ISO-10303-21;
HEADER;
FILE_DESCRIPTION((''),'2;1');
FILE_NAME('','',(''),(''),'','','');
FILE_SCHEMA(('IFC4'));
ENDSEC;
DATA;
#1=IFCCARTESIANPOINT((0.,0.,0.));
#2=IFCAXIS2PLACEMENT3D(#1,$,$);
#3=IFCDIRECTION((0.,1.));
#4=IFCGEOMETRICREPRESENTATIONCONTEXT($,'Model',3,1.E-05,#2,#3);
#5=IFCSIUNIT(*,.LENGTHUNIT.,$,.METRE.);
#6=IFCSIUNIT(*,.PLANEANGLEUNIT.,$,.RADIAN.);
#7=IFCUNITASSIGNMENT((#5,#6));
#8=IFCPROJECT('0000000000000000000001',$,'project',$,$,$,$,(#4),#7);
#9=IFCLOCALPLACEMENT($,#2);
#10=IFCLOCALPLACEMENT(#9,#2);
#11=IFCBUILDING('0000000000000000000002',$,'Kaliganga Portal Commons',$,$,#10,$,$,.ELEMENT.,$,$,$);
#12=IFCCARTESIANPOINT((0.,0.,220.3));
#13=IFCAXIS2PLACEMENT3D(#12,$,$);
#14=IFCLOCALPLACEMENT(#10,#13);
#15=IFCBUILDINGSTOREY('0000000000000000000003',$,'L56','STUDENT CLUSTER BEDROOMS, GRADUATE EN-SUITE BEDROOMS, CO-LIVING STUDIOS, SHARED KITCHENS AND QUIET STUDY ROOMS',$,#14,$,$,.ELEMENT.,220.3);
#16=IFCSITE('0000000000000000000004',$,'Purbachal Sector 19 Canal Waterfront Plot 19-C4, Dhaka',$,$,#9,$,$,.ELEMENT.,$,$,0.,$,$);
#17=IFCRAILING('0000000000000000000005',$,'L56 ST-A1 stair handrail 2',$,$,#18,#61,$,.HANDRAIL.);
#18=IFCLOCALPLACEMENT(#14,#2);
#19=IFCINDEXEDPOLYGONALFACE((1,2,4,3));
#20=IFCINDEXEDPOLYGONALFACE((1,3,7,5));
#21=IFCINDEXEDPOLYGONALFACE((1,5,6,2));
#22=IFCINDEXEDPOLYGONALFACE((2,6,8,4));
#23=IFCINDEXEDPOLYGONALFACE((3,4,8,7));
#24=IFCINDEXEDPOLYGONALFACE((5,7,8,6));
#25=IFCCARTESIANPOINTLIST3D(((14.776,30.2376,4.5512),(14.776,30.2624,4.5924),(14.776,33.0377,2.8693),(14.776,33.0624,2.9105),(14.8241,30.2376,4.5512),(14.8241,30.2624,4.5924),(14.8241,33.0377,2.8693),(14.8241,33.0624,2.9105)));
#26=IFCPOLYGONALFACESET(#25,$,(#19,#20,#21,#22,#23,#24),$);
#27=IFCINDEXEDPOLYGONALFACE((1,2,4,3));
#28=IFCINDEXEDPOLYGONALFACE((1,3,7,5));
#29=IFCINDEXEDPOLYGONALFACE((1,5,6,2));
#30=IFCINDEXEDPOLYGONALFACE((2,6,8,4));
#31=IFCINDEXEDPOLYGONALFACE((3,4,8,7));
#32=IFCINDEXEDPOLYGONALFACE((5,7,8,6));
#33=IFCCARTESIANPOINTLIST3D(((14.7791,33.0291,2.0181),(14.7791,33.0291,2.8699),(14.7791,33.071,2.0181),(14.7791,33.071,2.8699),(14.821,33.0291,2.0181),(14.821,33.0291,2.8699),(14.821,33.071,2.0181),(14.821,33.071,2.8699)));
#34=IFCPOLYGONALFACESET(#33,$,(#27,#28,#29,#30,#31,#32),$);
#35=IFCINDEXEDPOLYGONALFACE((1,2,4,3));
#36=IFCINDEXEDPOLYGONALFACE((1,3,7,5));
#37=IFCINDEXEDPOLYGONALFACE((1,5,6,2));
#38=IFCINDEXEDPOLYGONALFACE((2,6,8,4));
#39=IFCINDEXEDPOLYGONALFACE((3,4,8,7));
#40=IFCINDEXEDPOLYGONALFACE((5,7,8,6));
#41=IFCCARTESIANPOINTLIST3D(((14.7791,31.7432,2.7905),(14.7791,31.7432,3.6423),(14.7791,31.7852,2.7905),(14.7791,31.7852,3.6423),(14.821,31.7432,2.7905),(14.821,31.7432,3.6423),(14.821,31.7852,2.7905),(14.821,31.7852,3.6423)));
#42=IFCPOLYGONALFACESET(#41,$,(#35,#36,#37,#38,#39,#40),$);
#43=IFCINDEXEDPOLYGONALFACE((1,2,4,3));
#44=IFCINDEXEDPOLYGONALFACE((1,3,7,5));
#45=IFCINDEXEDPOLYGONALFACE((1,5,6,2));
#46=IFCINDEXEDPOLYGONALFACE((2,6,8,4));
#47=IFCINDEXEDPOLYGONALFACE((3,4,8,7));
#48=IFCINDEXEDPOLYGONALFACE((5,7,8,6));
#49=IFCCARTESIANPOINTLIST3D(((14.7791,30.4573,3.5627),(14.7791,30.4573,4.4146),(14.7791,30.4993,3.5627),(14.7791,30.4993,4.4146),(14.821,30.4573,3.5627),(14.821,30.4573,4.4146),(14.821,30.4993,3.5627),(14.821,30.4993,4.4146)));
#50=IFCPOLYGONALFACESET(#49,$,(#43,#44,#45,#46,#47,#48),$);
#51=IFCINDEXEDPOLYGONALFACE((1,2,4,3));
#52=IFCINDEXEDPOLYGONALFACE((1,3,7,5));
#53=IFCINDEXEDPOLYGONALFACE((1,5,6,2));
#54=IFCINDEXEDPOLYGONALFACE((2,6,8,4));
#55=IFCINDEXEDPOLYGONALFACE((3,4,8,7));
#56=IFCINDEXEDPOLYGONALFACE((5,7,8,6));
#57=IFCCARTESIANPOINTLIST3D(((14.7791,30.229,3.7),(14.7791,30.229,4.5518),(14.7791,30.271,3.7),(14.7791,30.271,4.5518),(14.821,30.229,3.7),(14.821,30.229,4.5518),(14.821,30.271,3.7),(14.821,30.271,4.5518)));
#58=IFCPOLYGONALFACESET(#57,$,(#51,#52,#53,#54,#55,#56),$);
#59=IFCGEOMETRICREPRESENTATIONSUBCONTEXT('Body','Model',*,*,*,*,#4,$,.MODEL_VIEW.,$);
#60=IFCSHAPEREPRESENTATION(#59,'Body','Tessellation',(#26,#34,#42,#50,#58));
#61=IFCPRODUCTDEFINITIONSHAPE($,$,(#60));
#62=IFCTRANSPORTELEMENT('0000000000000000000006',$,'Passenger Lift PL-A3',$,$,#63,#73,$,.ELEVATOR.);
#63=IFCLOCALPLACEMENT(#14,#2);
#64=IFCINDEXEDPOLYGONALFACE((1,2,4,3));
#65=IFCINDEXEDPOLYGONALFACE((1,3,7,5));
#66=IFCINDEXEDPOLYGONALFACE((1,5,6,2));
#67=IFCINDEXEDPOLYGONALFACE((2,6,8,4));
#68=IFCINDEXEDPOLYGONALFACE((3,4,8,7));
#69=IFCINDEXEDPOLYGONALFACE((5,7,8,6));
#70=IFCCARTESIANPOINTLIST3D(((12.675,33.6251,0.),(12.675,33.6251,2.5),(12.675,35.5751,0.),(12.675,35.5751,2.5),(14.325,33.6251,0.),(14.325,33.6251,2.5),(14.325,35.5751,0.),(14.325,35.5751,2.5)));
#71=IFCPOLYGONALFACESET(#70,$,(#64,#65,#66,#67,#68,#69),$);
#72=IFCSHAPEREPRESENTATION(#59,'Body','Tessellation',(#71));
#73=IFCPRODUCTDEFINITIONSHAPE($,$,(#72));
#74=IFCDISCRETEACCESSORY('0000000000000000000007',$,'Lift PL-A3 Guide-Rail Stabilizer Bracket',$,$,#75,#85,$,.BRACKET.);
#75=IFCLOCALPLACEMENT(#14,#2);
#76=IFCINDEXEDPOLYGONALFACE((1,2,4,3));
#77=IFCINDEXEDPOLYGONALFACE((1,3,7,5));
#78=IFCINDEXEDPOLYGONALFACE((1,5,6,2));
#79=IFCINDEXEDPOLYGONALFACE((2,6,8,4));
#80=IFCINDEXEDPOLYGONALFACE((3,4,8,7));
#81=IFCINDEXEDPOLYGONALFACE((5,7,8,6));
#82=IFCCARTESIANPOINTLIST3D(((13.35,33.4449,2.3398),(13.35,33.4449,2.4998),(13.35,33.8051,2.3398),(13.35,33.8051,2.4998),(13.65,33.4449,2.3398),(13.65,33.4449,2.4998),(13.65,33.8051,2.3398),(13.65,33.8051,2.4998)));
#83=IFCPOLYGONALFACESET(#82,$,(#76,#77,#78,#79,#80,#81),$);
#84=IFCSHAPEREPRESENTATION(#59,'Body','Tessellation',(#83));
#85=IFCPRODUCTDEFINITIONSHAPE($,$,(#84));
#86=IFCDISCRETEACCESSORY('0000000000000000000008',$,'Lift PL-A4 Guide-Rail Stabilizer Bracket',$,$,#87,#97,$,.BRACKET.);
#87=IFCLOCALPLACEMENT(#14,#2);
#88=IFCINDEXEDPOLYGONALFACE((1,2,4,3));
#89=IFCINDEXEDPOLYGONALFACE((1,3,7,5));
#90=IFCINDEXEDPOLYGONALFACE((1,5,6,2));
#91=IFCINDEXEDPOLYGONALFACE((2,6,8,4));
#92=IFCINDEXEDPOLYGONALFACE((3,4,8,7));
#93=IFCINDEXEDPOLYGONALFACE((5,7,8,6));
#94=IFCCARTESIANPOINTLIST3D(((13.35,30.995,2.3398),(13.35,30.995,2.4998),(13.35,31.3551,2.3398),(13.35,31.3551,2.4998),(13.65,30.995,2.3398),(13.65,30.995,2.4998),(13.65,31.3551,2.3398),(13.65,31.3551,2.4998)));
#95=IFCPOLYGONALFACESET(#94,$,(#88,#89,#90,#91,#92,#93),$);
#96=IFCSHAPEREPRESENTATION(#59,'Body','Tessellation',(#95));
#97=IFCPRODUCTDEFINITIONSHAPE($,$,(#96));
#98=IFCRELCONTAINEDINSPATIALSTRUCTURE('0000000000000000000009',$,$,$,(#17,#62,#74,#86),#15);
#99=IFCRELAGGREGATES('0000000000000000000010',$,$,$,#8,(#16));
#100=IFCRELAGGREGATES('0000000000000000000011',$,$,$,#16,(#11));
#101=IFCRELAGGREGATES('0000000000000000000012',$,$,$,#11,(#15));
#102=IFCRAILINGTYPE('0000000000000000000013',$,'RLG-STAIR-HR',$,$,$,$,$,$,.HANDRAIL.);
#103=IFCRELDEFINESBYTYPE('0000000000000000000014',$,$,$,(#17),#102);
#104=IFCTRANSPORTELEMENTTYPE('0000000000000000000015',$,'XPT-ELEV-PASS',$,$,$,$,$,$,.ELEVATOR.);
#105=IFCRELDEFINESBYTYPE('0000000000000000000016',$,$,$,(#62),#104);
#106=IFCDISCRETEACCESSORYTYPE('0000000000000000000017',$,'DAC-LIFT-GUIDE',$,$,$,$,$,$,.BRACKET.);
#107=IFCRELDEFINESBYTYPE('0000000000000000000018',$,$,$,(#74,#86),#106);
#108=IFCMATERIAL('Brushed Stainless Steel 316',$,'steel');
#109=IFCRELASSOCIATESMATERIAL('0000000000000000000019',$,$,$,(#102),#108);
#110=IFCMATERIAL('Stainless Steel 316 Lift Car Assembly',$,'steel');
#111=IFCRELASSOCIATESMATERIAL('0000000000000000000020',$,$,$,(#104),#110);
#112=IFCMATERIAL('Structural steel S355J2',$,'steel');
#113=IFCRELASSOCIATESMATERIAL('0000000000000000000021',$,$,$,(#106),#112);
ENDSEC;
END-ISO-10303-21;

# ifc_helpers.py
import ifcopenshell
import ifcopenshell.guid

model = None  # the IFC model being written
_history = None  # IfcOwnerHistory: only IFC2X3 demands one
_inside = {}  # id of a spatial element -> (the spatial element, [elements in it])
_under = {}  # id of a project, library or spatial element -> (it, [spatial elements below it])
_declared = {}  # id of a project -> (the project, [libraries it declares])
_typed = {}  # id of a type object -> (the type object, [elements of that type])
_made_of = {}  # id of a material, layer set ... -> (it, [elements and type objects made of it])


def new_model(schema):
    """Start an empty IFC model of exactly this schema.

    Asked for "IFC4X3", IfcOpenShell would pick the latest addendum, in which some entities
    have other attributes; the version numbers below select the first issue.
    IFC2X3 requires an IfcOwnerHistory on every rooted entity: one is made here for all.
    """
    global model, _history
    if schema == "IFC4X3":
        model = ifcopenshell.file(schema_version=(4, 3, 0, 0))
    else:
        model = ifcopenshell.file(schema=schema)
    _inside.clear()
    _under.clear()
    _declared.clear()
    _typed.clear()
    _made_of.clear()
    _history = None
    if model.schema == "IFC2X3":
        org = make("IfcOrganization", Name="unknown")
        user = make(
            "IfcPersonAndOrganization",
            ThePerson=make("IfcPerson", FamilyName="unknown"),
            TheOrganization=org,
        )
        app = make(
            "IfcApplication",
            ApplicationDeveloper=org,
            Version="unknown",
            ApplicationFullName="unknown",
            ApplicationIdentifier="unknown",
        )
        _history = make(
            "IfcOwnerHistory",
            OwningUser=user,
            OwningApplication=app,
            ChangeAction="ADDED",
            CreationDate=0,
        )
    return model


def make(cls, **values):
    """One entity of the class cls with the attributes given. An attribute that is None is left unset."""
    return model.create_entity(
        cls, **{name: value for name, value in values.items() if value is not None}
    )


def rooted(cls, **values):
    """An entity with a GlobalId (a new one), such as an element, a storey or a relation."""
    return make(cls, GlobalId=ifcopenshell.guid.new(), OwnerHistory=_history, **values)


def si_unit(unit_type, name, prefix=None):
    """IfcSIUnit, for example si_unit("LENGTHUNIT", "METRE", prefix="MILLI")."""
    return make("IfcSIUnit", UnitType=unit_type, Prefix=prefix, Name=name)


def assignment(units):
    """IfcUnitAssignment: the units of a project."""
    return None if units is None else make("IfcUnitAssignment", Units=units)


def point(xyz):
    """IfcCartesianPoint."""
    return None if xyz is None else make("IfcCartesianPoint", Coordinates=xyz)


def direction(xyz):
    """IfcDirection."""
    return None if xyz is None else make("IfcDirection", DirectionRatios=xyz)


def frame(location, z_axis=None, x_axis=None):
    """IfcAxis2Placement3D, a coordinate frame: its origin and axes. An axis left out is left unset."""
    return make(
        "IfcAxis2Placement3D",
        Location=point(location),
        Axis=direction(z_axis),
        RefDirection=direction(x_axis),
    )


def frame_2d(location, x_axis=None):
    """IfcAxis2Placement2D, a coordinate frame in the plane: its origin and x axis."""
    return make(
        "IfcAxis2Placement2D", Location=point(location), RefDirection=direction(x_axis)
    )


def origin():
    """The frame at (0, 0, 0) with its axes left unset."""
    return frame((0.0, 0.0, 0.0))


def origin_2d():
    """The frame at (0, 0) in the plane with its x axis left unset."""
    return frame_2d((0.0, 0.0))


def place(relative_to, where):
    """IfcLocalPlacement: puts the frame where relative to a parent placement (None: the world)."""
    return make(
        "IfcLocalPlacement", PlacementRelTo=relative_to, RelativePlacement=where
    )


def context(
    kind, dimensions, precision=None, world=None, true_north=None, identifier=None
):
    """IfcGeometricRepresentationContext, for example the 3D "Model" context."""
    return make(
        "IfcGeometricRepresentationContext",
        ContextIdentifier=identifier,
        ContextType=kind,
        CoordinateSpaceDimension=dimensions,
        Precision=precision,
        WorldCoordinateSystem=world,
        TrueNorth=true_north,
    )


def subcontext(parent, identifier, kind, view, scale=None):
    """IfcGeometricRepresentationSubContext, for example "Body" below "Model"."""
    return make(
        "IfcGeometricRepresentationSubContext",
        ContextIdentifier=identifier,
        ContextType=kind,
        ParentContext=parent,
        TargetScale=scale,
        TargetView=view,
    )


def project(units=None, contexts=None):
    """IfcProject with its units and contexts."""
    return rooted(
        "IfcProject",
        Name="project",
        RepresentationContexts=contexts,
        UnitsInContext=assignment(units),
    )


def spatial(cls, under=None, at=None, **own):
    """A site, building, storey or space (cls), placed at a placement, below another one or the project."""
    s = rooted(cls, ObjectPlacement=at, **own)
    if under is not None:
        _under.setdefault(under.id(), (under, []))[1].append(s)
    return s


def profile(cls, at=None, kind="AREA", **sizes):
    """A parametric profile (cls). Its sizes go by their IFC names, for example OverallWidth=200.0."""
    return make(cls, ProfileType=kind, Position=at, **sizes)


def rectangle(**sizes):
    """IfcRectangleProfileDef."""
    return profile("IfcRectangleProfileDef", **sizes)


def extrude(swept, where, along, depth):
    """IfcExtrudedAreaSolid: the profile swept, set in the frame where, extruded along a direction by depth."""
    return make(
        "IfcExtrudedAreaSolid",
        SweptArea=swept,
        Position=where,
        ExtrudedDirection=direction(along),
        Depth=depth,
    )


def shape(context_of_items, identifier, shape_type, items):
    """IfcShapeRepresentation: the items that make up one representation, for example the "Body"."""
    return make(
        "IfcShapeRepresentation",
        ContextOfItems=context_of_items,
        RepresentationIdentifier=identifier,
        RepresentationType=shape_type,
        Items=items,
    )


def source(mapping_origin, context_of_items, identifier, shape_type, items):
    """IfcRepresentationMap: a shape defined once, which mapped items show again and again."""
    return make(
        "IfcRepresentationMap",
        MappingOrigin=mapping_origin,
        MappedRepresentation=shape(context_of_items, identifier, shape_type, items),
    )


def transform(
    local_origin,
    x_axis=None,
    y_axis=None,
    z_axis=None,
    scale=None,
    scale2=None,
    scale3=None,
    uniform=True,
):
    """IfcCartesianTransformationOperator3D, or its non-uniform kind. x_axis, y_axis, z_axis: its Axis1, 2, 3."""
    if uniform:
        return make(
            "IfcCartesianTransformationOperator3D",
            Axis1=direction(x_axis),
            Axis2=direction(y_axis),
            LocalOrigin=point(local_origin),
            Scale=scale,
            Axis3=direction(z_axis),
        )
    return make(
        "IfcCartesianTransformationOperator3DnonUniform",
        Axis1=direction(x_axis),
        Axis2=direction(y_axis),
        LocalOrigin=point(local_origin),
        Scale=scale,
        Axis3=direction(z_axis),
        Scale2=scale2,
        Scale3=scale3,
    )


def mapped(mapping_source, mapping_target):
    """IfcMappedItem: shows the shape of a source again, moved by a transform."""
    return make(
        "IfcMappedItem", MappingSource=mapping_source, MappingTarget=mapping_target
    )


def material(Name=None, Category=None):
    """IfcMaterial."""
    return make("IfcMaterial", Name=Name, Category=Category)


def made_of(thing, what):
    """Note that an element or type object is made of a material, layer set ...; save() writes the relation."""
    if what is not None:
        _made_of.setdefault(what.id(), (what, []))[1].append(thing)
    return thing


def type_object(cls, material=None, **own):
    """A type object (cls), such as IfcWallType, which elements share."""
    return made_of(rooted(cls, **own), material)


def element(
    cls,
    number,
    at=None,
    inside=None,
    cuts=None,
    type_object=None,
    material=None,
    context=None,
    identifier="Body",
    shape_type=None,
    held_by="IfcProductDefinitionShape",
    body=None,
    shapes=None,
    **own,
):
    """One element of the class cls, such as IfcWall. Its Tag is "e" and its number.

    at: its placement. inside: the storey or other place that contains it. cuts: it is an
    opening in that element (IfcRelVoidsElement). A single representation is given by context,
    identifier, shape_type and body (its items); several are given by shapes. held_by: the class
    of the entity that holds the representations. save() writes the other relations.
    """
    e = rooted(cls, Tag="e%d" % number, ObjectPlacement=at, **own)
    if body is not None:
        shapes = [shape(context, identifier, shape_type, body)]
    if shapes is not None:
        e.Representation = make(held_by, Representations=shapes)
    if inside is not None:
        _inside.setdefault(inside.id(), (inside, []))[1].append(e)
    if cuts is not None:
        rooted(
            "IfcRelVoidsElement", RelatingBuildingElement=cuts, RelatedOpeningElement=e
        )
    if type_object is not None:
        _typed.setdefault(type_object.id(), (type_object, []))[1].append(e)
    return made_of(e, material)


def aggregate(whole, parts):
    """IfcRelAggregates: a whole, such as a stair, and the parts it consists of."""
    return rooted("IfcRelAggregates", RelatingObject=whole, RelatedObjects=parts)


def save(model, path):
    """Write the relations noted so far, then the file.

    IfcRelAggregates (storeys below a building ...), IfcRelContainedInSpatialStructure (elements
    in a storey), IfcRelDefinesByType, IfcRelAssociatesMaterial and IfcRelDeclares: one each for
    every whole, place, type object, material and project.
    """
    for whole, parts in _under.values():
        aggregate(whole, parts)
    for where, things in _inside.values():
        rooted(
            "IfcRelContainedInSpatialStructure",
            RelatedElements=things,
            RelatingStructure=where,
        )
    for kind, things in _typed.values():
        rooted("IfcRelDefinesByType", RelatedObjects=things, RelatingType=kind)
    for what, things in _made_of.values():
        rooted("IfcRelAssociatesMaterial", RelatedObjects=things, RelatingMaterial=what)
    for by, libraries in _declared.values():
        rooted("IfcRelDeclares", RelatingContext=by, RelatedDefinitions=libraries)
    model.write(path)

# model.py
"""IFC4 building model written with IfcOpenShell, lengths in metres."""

from ifc_helpers import new_model, si_unit, direction, frame, origin, origin_2d, place, context, subcontext, project, spatial, rectangle, extrude, source, transform, mapped, material, type_object, element, save


model = new_model("IFC4")

# Units and contexts
model_context = context("Model", 3, precision=1e-05, world=origin(), true_north=direction((0.0, 1.0)))
body_context = subcontext(model_context, "Body", "Model", "MODEL_VIEW")
ifc_project = project(units=[si_unit("LENGTHUNIT", "METRE"), si_unit("PLANEANGLEUNIT", "RADIAN")], contexts=[model_context])

# Site, building, storey
site_placement = place(None, origin())
site = spatial("IfcSite", under=ifc_project, at=site_placement, Name="Purbachal Sector 19 Canal Waterfront Plot 19-C4, Dhaka", CompositionType="ELEMENT", RefElevation=0.0)
building_placement = place(site_placement, origin())
building = spatial("IfcBuilding", under=site, at=building_placement, Name="Kaliganga Portal Commons", CompositionType="ELEMENT")
storey_placement = place(building_placement, frame((0.0, 0.0, 220.3)))
storey = spatial("IfcBuildingStorey", under=building, at=storey_placement, Name="L56", Description="STUDENT CLUSTER BEDROOMS, GRADUATE EN-SUITE BEDROOMS, CO-LIVING STUDIOS, SHARED KITCHENS AND QUIET STUDY ROOMS", CompositionType="ELEMENT", Elevation=220.3)

# Railing
ifc_material_1 = material(Name="Brushed Stainless Steel 316", Category="steel")
railing_type_1 = type_object("IfcRailingType", Name="RLG-STAIR-HR", PredefinedType="HANDRAIL", material=ifc_material_1)
railing_1_placement = place(storey_placement, frame((14.8, 33.05, 2.0181)))
element("IfcRailing", 1, at=railing_1_placement, inside=storey, type_object=railing_type_1, Name="L56 ST-A1 stair handrail 2", PredefinedType="HANDRAIL", context=body_context, shape_type="SweptSolid", body=[
    extrude(rectangle(XDim=0.0481, YDim=0.0481, at=origin_2d()), frame((0.0, 0.0, 0.8718), z_axis=(0.0, -0.857242, 0.514913), x_axis=(1.0, 0.0, 0.0)), (0.0, 0.0, 1.0), 3.2664),
    extrude(rectangle(XDim=0.042, YDim=0.042, at=origin_2d()), origin(), (0.0, 0.0, 1.0), 0.8518),
    extrude(rectangle(XDim=0.042, YDim=0.042, at=origin_2d()), frame((0.0, -1.2859, 0.7725)), (0.0, 0.0, 1.0), 0.8518),
    extrude(rectangle(XDim=0.042, YDim=0.042, at=origin_2d()), frame((0.0, -2.5718, 1.5447)), (0.0, 0.0, 1.0), 0.8518),
    extrude(rectangle(XDim=0.042, YDim=0.042, at=origin_2d()), frame((0.0, -2.8, 1.6819)), (0.0, 0.0, 1.0), 0.8518),
])

# Transport element
ifc_material_2 = material(Name="Stainless Steel 316 Lift Car Assembly", Category="steel")
transport_element_type = type_object("IfcTransportElementType", Name="XPT-ELEV-PASS", PredefinedType="ELEVATOR", material=ifc_material_2)
shared_shape_1 = source(origin(), body_context, "Body", "SweptSolid", [
    extrude(rectangle(XDim=1.6499, YDim=1.95, at=origin_2d()), origin(), (0.0, 0.0, 1.0), 2.5),
])
transport_element_placement = place(storey_placement, frame((13.5, 34.6001, 0.0), z_axis=(0.0, 0.0, 1.0), x_axis=(1.0, 0.0, 0.0)))
element("IfcTransportElement", 2, at=transport_element_placement, inside=storey, type_object=transport_element_type, Name="Passenger Lift PL-A3", PredefinedType="ELEVATOR", context=body_context, shape_type="MappedRepresentation", body=[
    mapped(shared_shape_1, transform((0.0, 0.0, 0.0), x_axis=(1.0, 0.0, 0.0), y_axis=(0.0, 1.0, 0.0), z_axis=(0.0, 0.0, 1.0), scale=1.0)),
])

# Discrete accessories
ifc_material_3 = material(Name="Structural steel S355J2", Category="steel")
discrete_accessory_type = type_object("IfcDiscreteAccessoryType", Name="DAC-LIFT-GUIDE", PredefinedType="BRACKET", material=ifc_material_3)
shared_shape_2 = source(origin(), body_context, "Body", "SweptSolid", [
    extrude(rectangle(XDim=0.3, YDim=0.3601, at=origin_2d()), origin(), (0.0, 0.0, 1.0), 0.1599),
])
for number, where, z_axis, x_axis, name in (
    (3, (13.5, 33.625, 2.3398), (0.0, 0.0, 1.0), (1.0, 0.0, 0.0), "Lift PL-A3 Guide-Rail Stabilizer Bracket"),
    (4, (13.5, 31.175, 2.3398), (0.0, 0.0, 1.0), (1.0, 0.0, 0.0), "Lift PL-A4 Guide-Rail Stabilizer Bracket"),
):
    element("IfcDiscreteAccessory", number, at=place(storey_placement, frame(where, z_axis=z_axis, x_axis=x_axis)), inside=storey, type_object=discrete_accessory_type, Name=name, PredefinedType="BRACKET", context=body_context, shape_type="MappedRepresentation", body=[
        mapped(shared_shape_2, transform((0.0, 0.0, 0.0), x_axis=(1.0, 0.0, 0.0), y_axis=(0.0, 1.0, 0.0), z_axis=(0.0, 0.0, 1.0), scale=1.0)),
    ])

save(model, "model.ifc")
